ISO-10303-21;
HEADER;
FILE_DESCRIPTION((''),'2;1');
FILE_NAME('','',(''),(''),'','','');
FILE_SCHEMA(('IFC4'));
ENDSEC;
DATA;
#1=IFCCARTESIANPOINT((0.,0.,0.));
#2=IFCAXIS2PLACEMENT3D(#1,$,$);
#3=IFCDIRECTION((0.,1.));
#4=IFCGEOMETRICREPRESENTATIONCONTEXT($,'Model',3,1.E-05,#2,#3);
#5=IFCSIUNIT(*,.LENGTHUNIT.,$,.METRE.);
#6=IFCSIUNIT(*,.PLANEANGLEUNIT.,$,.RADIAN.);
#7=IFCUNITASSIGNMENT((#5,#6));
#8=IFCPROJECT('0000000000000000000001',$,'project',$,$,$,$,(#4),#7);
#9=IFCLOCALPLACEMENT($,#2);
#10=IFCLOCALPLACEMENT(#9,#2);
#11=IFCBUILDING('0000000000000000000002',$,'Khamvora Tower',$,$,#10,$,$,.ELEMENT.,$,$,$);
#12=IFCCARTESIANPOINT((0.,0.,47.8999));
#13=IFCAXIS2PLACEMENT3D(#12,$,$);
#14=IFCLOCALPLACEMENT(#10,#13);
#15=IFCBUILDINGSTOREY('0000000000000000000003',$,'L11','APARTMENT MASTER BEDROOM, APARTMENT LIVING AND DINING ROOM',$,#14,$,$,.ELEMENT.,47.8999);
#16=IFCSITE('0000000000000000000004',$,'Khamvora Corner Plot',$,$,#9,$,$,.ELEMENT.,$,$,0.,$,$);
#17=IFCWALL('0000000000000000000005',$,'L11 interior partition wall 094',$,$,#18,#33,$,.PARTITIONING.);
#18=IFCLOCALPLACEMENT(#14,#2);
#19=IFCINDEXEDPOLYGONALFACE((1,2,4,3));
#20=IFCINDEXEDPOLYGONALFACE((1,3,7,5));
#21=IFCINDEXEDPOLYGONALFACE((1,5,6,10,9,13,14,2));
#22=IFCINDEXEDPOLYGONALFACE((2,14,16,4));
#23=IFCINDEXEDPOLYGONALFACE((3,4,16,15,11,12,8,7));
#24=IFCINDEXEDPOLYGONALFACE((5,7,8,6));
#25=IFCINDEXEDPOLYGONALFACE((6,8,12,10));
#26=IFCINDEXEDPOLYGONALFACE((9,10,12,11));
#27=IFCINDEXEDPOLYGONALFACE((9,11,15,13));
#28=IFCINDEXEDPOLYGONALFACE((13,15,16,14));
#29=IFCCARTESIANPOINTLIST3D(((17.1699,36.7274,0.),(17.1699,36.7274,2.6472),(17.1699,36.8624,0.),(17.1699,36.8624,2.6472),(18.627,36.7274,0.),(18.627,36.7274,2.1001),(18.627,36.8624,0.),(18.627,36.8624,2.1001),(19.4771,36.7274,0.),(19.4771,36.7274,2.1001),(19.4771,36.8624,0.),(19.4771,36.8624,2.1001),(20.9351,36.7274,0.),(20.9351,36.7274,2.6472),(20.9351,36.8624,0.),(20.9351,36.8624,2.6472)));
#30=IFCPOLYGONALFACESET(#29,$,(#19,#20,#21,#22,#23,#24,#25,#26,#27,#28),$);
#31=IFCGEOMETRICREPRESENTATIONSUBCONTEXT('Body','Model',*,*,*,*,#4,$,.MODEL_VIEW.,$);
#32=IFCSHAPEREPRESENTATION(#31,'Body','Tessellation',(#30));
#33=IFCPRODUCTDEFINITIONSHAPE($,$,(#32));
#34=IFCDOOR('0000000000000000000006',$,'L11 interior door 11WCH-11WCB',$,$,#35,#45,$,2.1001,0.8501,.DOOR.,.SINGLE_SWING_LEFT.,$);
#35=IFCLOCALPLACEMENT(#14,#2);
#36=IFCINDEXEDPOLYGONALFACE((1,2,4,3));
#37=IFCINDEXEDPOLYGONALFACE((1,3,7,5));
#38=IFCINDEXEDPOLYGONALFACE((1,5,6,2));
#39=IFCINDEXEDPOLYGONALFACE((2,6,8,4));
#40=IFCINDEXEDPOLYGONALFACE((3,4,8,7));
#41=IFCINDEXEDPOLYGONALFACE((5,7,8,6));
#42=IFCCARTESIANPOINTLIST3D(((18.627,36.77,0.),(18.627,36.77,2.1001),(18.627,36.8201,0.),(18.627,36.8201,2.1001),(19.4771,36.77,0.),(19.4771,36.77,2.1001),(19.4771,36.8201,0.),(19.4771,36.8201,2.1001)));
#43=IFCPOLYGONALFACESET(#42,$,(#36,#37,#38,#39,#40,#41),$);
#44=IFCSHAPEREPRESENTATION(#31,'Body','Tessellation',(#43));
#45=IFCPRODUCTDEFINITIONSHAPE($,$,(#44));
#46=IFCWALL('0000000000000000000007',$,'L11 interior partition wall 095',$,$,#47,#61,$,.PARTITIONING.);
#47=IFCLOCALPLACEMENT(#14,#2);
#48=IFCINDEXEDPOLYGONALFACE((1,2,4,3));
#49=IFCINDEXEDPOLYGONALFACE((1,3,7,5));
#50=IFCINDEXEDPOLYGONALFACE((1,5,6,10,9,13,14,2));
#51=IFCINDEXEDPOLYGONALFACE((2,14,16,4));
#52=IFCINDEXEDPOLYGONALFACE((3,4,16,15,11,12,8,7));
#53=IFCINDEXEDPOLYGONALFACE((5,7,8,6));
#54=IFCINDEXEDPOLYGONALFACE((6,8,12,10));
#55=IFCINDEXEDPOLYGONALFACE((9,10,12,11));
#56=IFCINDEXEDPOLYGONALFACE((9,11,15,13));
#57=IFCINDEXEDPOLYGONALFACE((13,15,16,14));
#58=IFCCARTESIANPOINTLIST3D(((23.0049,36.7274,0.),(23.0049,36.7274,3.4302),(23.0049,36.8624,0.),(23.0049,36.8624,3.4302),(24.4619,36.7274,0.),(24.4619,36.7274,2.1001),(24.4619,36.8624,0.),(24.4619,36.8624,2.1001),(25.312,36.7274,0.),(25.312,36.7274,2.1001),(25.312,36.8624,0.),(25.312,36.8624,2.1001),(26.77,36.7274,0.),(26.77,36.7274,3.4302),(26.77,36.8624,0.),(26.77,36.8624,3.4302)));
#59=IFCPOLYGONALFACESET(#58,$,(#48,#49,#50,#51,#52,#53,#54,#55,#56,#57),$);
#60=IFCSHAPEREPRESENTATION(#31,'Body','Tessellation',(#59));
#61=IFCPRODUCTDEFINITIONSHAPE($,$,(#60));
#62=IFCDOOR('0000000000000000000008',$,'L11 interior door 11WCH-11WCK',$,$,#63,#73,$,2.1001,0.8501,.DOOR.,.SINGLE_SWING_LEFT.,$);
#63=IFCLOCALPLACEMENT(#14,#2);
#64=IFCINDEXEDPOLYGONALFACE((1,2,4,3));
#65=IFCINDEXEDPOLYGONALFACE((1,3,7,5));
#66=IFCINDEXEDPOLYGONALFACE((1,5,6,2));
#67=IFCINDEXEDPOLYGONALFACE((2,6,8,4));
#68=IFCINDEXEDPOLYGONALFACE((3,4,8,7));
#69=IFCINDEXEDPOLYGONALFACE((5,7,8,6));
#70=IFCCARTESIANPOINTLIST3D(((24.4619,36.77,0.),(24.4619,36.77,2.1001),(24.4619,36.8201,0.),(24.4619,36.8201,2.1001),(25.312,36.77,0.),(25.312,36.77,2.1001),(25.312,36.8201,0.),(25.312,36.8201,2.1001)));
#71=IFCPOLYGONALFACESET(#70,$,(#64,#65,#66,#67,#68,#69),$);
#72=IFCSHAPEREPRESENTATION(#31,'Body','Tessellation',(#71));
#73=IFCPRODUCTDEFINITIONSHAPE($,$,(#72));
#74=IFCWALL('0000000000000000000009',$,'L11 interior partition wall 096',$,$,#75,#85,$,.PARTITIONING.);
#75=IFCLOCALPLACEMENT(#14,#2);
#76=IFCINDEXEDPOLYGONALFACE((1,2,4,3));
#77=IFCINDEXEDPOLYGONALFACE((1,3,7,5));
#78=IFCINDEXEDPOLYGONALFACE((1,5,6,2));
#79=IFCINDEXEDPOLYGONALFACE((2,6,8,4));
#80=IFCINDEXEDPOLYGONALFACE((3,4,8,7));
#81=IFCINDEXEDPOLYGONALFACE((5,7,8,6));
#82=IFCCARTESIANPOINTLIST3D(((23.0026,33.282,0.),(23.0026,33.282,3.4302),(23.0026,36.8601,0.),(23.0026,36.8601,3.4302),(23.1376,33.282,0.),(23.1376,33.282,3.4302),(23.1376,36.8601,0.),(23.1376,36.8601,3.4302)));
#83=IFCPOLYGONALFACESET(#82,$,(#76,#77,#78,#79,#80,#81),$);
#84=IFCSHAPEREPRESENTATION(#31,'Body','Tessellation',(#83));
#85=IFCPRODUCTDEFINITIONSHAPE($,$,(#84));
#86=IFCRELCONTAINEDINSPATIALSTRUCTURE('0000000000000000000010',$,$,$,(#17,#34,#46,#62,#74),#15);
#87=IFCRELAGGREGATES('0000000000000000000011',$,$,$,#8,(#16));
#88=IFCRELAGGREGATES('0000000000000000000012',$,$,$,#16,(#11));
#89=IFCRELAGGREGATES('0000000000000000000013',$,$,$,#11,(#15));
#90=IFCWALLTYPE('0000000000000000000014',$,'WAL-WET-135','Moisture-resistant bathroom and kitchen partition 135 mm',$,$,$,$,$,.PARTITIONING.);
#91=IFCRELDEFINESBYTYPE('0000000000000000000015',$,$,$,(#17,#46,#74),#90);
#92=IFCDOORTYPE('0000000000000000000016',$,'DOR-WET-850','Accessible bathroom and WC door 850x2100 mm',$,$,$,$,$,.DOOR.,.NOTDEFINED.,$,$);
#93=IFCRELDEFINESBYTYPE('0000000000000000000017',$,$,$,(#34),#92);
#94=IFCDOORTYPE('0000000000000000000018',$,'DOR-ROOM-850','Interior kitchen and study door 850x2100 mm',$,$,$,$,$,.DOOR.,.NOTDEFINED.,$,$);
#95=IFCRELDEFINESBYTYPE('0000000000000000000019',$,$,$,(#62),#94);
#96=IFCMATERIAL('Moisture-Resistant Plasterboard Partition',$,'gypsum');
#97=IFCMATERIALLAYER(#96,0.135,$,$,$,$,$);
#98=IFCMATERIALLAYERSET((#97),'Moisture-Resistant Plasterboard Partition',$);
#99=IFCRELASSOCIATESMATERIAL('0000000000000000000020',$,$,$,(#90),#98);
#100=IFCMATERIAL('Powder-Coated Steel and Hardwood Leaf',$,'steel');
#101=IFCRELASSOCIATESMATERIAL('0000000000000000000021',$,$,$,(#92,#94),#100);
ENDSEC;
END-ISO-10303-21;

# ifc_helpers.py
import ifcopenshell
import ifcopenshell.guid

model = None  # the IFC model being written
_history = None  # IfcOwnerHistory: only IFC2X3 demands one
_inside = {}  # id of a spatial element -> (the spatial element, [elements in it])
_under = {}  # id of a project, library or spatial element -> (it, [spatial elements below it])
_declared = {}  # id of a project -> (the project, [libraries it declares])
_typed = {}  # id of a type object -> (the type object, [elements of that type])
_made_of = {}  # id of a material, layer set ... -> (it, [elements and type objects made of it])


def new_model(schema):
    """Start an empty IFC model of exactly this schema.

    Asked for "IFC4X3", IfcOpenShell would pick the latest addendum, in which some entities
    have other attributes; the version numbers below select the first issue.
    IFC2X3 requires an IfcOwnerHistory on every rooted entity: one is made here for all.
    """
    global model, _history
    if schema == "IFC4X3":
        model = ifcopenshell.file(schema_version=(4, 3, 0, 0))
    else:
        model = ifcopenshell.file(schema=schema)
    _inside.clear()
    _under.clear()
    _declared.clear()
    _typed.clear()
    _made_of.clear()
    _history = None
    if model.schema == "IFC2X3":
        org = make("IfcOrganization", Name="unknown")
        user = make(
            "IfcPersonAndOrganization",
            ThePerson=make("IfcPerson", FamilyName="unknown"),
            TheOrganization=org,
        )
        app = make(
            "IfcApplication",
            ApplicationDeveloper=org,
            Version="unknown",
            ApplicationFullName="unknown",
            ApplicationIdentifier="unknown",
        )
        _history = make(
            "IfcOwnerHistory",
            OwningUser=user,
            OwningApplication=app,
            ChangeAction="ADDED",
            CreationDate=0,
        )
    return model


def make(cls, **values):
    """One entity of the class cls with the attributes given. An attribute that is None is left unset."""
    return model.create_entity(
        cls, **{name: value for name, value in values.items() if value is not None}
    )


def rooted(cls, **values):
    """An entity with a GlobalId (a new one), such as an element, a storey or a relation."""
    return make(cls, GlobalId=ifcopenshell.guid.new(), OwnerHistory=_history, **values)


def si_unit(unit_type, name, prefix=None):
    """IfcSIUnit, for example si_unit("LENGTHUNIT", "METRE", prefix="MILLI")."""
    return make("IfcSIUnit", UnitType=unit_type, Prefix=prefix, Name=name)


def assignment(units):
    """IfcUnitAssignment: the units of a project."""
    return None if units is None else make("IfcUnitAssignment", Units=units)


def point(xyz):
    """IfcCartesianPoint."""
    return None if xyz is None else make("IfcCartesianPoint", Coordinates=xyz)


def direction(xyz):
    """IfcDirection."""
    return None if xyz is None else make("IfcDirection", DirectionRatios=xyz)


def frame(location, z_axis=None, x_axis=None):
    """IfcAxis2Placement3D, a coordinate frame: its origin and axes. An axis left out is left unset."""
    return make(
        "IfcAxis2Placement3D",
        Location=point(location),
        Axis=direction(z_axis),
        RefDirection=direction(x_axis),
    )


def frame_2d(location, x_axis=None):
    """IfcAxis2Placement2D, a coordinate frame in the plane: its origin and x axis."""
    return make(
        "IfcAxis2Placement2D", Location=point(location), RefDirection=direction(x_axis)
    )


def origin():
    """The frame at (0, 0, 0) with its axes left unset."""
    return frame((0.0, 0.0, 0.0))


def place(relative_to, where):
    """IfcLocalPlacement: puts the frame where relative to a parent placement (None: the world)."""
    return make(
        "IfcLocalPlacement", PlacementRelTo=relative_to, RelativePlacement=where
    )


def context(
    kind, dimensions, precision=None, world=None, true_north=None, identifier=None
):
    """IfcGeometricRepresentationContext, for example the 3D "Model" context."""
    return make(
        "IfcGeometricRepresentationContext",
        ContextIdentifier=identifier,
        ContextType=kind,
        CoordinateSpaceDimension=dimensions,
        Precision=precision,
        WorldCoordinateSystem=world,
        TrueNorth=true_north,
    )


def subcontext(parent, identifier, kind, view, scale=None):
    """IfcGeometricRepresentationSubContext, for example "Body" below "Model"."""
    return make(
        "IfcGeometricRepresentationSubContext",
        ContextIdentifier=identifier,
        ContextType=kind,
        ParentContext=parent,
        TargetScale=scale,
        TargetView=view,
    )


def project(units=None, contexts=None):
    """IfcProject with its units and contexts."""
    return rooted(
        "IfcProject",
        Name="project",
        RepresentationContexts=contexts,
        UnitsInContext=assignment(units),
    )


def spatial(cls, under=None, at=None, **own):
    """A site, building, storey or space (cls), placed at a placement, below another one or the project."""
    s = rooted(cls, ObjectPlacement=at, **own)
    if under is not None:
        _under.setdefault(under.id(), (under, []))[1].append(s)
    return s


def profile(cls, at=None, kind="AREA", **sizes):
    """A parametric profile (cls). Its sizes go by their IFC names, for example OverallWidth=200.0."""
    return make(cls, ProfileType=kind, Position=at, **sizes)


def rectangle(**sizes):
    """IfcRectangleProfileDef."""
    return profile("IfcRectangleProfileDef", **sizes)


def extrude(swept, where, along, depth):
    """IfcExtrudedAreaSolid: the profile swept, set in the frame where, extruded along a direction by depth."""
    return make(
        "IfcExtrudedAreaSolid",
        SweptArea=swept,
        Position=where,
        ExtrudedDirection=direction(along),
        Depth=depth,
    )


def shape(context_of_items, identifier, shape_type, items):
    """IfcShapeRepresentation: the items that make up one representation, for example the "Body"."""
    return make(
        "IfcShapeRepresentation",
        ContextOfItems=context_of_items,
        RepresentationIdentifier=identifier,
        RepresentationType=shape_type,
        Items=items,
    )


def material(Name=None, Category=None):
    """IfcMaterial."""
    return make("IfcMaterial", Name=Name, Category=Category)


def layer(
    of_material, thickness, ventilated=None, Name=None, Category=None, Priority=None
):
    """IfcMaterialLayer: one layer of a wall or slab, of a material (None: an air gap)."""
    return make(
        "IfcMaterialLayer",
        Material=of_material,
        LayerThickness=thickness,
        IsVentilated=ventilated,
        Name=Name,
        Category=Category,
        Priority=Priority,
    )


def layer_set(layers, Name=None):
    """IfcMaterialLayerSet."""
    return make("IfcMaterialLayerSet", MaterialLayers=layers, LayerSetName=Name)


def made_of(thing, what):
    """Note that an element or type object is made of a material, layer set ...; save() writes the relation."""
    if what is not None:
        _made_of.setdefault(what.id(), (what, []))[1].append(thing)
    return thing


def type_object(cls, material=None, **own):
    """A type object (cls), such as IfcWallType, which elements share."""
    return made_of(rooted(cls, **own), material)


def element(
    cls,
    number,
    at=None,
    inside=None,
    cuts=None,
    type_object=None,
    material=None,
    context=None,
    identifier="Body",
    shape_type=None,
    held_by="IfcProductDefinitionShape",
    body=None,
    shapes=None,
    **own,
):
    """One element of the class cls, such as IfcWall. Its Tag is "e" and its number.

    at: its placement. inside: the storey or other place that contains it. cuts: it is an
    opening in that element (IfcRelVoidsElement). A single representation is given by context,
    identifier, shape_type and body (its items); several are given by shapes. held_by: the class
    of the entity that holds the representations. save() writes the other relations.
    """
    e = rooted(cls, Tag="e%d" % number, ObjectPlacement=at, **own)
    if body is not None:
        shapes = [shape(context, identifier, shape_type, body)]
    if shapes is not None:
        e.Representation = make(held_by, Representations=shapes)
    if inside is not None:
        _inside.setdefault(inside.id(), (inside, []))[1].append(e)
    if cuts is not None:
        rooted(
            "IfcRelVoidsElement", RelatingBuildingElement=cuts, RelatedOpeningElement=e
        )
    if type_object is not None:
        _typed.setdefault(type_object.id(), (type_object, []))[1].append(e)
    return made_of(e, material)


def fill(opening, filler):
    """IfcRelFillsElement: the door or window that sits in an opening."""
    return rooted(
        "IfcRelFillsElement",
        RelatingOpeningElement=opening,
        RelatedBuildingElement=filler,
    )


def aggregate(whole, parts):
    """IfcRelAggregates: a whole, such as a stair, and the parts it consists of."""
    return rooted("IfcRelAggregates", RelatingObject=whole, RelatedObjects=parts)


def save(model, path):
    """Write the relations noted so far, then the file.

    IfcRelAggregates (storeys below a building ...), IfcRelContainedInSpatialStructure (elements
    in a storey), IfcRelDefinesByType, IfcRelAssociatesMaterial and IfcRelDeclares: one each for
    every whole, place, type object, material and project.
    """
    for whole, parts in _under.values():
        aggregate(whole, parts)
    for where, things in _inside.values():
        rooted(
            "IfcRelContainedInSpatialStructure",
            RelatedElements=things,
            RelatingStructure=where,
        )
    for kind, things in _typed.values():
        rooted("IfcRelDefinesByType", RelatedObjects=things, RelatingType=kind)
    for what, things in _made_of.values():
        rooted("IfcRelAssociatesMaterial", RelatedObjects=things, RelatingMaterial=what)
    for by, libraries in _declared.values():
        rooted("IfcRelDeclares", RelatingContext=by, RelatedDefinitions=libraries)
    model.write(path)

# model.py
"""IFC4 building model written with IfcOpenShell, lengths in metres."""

from ifc_helpers import new_model, si_unit, direction, frame, frame_2d, origin, place, context, subcontext, project, spatial, rectangle, extrude, material, layer, layer_set, type_object, element, fill, save


model = new_model("IFC4")

# Units and contexts
model_context = context("Model", 3, precision=1e-05, world=origin(), true_north=direction((0.0, 1.0)))
body_context = subcontext(model_context, "Body", "Model", "MODEL_VIEW")
ifc_project = project(units=[si_unit("LENGTHUNIT", "METRE"), si_unit("PLANEANGLEUNIT", "RADIAN")], contexts=[model_context])

# Site, building, storey
site_placement = place(None, origin())
site = spatial("IfcSite", under=ifc_project, at=site_placement, Name="Khamvora Corner Plot", CompositionType="ELEMENT", RefElevation=0.0)
building_placement = place(site_placement, origin())
building = spatial("IfcBuilding", under=site, at=building_placement, Name="Khamvora Tower", CompositionType="ELEMENT")
storey_placement = place(building_placement, frame((0.0, 0.0, 47.8999)))
storey = spatial("IfcBuildingStorey", under=building, at=storey_placement, Name="L11", Description="APARTMENT MASTER BEDROOM, APARTMENT LIVING AND DINING ROOM", CompositionType="ELEMENT", Elevation=47.8999)

# Shared definitions
ifc_material_1 = material(Name="Powder-Coated Steel and Hardwood Leaf", Category="steel")

# Walls, openings, doors
ifc_material_2 = material(Name="Moisture-Resistant Plasterboard Partition", Category="gypsum")
ifc_layer_1 = layer(ifc_material_2, 0.135)
ifc_layer_set_1 = layer_set([ifc_layer_1], Name="Moisture-Resistant Plasterboard Partition")
wall_type_1 = type_object("IfcWallType", Name="WAL-WET-135", Description="Moisture-resistant bathroom and kitchen partition 135 mm", PredefinedType="PARTITIONING", material=ifc_layer_set_1)
wall_1_placement = place(storey_placement, frame((20.9351, 36.7949, 0.0), z_axis=(0.0, 0.0, 1.0), x_axis=(-1.0, 0.0, 0.0)))
wall_1 = element("IfcWall", 1, at=wall_1_placement, inside=storey, type_object=wall_type_1, Name="L11 interior partition wall 094", PredefinedType="PARTITIONING", context=body_context, shape_type="SweptSolid", body=[
    extrude(rectangle(XDim=3.7651, YDim=0.135, at=frame_2d((1.8826, 0.0))), origin(), (0.0, 0.0, 1.0), 2.6472),
])
opening_1_placement = place(wall_1_placement, frame((1.458, 0.0, 0.0)))
opening_1 = element("IfcOpeningElement", 2, at=opening_1_placement, cuts=wall_1, PredefinedType="OPENING", context=body_context, shape_type="SweptSolid", body=[
    extrude(rectangle(XDim=0.8501, YDim=2.1001, at=frame_2d((0.425, 1.05))), frame((0.0, 0.0774, 0.0), z_axis=(0.0, -1.0, 0.0), x_axis=(1.0, 0.0, 0.0)), (0.0, 0.0, 1.0), 0.155),
])
door_type_1 = type_object("IfcDoorType", Name="DOR-WET-850", Description="Accessible bathroom and WC door 850x2100 mm", OperationType="NOTDEFINED", PredefinedType="DOOR", material=ifc_material_1)
door_1_placement = place(opening_1_placement, origin())
door_1 = element("IfcDoor", 3, at=door_1_placement, inside=storey, type_object=door_type_1, Name="L11 interior door 11WCH-11WCB", OperationType="SINGLE_SWING_LEFT", OverallHeight=2.1001, OverallWidth=0.8501, PredefinedType="DOOR", context=body_context, shape_type="SweptSolid", body=[
    extrude(rectangle(XDim=0.8501, YDim=2.1001, at=frame_2d((0.425, 1.05))), frame((0.0, 0.0249, 0.0), z_axis=(0.0, -1.0, 0.0), x_axis=(1.0, 0.0, 0.0)), (0.0, 0.0, 1.0), 0.05),
])
fill(opening_1, door_1)
wall_2_placement = place(storey_placement, frame((26.77, 36.7949, 0.0), z_axis=(0.0, 0.0, 1.0), x_axis=(-1.0, 0.0, 0.0)))
wall_2 = element("IfcWall", 4, at=wall_2_placement, inside=storey, type_object=wall_type_1, Name="L11 interior partition wall 095", PredefinedType="PARTITIONING", context=body_context, shape_type="SweptSolid", body=[
    extrude(rectangle(XDim=3.7651, YDim=0.135, at=frame_2d((1.8826, 0.0))), origin(), (0.0, 0.0, 1.0), 3.4302),
])
opening_2_placement = place(wall_2_placement, frame((1.458, 0.0, 0.0)))
opening_2 = element("IfcOpeningElement", 5, at=opening_2_placement, cuts=wall_2, PredefinedType="OPENING", context=body_context, shape_type="SweptSolid", body=[
    extrude(rectangle(XDim=0.8501, YDim=2.1001, at=frame_2d((0.425, 1.05))), frame((0.0, 0.0774, 0.0), z_axis=(0.0, -1.0, 0.0), x_axis=(1.0, 0.0, 0.0)), (0.0, 0.0, 1.0), 0.155),
])
door_type_2 = type_object("IfcDoorType", Name="DOR-ROOM-850", Description="Interior kitchen and study door 850x2100 mm", OperationType="NOTDEFINED", PredefinedType="DOOR", material=ifc_material_1)
door_2_placement = place(opening_2_placement, origin())
door_2 = element("IfcDoor", 6, at=door_2_placement, inside=storey, type_object=door_type_2, Name="L11 interior door 11WCH-11WCK", OperationType="SINGLE_SWING_LEFT", OverallHeight=2.1001, OverallWidth=0.8501, PredefinedType="DOOR", context=body_context, shape_type="SweptSolid", body=[
    extrude(rectangle(XDim=0.8501, YDim=2.1001, at=frame_2d((0.425, 1.05))), frame((0.0, 0.0249, 0.0), z_axis=(0.0, -1.0, 0.0), x_axis=(1.0, 0.0, 0.0)), (0.0, 0.0, 1.0), 0.05),
])
fill(opening_2, door_2)

# Wall
wall_3_placement = place(storey_placement, frame((23.0701, 36.8601, 0.0), z_axis=(0.0, 0.0, 1.0), x_axis=(0.0, -1.0, 0.0)))
element("IfcWall", 7, at=wall_3_placement, inside=storey, type_object=wall_type_1, Name="L11 interior partition wall 096", PredefinedType="PARTITIONING", context=body_context, shape_type="SweptSolid", body=[
    extrude(rectangle(XDim=3.5781, YDim=0.135, at=frame_2d((1.7891, 0.0))), origin(), (0.0, 0.0, 1.0), 3.4302),
])

save(model, "model.ifc")
